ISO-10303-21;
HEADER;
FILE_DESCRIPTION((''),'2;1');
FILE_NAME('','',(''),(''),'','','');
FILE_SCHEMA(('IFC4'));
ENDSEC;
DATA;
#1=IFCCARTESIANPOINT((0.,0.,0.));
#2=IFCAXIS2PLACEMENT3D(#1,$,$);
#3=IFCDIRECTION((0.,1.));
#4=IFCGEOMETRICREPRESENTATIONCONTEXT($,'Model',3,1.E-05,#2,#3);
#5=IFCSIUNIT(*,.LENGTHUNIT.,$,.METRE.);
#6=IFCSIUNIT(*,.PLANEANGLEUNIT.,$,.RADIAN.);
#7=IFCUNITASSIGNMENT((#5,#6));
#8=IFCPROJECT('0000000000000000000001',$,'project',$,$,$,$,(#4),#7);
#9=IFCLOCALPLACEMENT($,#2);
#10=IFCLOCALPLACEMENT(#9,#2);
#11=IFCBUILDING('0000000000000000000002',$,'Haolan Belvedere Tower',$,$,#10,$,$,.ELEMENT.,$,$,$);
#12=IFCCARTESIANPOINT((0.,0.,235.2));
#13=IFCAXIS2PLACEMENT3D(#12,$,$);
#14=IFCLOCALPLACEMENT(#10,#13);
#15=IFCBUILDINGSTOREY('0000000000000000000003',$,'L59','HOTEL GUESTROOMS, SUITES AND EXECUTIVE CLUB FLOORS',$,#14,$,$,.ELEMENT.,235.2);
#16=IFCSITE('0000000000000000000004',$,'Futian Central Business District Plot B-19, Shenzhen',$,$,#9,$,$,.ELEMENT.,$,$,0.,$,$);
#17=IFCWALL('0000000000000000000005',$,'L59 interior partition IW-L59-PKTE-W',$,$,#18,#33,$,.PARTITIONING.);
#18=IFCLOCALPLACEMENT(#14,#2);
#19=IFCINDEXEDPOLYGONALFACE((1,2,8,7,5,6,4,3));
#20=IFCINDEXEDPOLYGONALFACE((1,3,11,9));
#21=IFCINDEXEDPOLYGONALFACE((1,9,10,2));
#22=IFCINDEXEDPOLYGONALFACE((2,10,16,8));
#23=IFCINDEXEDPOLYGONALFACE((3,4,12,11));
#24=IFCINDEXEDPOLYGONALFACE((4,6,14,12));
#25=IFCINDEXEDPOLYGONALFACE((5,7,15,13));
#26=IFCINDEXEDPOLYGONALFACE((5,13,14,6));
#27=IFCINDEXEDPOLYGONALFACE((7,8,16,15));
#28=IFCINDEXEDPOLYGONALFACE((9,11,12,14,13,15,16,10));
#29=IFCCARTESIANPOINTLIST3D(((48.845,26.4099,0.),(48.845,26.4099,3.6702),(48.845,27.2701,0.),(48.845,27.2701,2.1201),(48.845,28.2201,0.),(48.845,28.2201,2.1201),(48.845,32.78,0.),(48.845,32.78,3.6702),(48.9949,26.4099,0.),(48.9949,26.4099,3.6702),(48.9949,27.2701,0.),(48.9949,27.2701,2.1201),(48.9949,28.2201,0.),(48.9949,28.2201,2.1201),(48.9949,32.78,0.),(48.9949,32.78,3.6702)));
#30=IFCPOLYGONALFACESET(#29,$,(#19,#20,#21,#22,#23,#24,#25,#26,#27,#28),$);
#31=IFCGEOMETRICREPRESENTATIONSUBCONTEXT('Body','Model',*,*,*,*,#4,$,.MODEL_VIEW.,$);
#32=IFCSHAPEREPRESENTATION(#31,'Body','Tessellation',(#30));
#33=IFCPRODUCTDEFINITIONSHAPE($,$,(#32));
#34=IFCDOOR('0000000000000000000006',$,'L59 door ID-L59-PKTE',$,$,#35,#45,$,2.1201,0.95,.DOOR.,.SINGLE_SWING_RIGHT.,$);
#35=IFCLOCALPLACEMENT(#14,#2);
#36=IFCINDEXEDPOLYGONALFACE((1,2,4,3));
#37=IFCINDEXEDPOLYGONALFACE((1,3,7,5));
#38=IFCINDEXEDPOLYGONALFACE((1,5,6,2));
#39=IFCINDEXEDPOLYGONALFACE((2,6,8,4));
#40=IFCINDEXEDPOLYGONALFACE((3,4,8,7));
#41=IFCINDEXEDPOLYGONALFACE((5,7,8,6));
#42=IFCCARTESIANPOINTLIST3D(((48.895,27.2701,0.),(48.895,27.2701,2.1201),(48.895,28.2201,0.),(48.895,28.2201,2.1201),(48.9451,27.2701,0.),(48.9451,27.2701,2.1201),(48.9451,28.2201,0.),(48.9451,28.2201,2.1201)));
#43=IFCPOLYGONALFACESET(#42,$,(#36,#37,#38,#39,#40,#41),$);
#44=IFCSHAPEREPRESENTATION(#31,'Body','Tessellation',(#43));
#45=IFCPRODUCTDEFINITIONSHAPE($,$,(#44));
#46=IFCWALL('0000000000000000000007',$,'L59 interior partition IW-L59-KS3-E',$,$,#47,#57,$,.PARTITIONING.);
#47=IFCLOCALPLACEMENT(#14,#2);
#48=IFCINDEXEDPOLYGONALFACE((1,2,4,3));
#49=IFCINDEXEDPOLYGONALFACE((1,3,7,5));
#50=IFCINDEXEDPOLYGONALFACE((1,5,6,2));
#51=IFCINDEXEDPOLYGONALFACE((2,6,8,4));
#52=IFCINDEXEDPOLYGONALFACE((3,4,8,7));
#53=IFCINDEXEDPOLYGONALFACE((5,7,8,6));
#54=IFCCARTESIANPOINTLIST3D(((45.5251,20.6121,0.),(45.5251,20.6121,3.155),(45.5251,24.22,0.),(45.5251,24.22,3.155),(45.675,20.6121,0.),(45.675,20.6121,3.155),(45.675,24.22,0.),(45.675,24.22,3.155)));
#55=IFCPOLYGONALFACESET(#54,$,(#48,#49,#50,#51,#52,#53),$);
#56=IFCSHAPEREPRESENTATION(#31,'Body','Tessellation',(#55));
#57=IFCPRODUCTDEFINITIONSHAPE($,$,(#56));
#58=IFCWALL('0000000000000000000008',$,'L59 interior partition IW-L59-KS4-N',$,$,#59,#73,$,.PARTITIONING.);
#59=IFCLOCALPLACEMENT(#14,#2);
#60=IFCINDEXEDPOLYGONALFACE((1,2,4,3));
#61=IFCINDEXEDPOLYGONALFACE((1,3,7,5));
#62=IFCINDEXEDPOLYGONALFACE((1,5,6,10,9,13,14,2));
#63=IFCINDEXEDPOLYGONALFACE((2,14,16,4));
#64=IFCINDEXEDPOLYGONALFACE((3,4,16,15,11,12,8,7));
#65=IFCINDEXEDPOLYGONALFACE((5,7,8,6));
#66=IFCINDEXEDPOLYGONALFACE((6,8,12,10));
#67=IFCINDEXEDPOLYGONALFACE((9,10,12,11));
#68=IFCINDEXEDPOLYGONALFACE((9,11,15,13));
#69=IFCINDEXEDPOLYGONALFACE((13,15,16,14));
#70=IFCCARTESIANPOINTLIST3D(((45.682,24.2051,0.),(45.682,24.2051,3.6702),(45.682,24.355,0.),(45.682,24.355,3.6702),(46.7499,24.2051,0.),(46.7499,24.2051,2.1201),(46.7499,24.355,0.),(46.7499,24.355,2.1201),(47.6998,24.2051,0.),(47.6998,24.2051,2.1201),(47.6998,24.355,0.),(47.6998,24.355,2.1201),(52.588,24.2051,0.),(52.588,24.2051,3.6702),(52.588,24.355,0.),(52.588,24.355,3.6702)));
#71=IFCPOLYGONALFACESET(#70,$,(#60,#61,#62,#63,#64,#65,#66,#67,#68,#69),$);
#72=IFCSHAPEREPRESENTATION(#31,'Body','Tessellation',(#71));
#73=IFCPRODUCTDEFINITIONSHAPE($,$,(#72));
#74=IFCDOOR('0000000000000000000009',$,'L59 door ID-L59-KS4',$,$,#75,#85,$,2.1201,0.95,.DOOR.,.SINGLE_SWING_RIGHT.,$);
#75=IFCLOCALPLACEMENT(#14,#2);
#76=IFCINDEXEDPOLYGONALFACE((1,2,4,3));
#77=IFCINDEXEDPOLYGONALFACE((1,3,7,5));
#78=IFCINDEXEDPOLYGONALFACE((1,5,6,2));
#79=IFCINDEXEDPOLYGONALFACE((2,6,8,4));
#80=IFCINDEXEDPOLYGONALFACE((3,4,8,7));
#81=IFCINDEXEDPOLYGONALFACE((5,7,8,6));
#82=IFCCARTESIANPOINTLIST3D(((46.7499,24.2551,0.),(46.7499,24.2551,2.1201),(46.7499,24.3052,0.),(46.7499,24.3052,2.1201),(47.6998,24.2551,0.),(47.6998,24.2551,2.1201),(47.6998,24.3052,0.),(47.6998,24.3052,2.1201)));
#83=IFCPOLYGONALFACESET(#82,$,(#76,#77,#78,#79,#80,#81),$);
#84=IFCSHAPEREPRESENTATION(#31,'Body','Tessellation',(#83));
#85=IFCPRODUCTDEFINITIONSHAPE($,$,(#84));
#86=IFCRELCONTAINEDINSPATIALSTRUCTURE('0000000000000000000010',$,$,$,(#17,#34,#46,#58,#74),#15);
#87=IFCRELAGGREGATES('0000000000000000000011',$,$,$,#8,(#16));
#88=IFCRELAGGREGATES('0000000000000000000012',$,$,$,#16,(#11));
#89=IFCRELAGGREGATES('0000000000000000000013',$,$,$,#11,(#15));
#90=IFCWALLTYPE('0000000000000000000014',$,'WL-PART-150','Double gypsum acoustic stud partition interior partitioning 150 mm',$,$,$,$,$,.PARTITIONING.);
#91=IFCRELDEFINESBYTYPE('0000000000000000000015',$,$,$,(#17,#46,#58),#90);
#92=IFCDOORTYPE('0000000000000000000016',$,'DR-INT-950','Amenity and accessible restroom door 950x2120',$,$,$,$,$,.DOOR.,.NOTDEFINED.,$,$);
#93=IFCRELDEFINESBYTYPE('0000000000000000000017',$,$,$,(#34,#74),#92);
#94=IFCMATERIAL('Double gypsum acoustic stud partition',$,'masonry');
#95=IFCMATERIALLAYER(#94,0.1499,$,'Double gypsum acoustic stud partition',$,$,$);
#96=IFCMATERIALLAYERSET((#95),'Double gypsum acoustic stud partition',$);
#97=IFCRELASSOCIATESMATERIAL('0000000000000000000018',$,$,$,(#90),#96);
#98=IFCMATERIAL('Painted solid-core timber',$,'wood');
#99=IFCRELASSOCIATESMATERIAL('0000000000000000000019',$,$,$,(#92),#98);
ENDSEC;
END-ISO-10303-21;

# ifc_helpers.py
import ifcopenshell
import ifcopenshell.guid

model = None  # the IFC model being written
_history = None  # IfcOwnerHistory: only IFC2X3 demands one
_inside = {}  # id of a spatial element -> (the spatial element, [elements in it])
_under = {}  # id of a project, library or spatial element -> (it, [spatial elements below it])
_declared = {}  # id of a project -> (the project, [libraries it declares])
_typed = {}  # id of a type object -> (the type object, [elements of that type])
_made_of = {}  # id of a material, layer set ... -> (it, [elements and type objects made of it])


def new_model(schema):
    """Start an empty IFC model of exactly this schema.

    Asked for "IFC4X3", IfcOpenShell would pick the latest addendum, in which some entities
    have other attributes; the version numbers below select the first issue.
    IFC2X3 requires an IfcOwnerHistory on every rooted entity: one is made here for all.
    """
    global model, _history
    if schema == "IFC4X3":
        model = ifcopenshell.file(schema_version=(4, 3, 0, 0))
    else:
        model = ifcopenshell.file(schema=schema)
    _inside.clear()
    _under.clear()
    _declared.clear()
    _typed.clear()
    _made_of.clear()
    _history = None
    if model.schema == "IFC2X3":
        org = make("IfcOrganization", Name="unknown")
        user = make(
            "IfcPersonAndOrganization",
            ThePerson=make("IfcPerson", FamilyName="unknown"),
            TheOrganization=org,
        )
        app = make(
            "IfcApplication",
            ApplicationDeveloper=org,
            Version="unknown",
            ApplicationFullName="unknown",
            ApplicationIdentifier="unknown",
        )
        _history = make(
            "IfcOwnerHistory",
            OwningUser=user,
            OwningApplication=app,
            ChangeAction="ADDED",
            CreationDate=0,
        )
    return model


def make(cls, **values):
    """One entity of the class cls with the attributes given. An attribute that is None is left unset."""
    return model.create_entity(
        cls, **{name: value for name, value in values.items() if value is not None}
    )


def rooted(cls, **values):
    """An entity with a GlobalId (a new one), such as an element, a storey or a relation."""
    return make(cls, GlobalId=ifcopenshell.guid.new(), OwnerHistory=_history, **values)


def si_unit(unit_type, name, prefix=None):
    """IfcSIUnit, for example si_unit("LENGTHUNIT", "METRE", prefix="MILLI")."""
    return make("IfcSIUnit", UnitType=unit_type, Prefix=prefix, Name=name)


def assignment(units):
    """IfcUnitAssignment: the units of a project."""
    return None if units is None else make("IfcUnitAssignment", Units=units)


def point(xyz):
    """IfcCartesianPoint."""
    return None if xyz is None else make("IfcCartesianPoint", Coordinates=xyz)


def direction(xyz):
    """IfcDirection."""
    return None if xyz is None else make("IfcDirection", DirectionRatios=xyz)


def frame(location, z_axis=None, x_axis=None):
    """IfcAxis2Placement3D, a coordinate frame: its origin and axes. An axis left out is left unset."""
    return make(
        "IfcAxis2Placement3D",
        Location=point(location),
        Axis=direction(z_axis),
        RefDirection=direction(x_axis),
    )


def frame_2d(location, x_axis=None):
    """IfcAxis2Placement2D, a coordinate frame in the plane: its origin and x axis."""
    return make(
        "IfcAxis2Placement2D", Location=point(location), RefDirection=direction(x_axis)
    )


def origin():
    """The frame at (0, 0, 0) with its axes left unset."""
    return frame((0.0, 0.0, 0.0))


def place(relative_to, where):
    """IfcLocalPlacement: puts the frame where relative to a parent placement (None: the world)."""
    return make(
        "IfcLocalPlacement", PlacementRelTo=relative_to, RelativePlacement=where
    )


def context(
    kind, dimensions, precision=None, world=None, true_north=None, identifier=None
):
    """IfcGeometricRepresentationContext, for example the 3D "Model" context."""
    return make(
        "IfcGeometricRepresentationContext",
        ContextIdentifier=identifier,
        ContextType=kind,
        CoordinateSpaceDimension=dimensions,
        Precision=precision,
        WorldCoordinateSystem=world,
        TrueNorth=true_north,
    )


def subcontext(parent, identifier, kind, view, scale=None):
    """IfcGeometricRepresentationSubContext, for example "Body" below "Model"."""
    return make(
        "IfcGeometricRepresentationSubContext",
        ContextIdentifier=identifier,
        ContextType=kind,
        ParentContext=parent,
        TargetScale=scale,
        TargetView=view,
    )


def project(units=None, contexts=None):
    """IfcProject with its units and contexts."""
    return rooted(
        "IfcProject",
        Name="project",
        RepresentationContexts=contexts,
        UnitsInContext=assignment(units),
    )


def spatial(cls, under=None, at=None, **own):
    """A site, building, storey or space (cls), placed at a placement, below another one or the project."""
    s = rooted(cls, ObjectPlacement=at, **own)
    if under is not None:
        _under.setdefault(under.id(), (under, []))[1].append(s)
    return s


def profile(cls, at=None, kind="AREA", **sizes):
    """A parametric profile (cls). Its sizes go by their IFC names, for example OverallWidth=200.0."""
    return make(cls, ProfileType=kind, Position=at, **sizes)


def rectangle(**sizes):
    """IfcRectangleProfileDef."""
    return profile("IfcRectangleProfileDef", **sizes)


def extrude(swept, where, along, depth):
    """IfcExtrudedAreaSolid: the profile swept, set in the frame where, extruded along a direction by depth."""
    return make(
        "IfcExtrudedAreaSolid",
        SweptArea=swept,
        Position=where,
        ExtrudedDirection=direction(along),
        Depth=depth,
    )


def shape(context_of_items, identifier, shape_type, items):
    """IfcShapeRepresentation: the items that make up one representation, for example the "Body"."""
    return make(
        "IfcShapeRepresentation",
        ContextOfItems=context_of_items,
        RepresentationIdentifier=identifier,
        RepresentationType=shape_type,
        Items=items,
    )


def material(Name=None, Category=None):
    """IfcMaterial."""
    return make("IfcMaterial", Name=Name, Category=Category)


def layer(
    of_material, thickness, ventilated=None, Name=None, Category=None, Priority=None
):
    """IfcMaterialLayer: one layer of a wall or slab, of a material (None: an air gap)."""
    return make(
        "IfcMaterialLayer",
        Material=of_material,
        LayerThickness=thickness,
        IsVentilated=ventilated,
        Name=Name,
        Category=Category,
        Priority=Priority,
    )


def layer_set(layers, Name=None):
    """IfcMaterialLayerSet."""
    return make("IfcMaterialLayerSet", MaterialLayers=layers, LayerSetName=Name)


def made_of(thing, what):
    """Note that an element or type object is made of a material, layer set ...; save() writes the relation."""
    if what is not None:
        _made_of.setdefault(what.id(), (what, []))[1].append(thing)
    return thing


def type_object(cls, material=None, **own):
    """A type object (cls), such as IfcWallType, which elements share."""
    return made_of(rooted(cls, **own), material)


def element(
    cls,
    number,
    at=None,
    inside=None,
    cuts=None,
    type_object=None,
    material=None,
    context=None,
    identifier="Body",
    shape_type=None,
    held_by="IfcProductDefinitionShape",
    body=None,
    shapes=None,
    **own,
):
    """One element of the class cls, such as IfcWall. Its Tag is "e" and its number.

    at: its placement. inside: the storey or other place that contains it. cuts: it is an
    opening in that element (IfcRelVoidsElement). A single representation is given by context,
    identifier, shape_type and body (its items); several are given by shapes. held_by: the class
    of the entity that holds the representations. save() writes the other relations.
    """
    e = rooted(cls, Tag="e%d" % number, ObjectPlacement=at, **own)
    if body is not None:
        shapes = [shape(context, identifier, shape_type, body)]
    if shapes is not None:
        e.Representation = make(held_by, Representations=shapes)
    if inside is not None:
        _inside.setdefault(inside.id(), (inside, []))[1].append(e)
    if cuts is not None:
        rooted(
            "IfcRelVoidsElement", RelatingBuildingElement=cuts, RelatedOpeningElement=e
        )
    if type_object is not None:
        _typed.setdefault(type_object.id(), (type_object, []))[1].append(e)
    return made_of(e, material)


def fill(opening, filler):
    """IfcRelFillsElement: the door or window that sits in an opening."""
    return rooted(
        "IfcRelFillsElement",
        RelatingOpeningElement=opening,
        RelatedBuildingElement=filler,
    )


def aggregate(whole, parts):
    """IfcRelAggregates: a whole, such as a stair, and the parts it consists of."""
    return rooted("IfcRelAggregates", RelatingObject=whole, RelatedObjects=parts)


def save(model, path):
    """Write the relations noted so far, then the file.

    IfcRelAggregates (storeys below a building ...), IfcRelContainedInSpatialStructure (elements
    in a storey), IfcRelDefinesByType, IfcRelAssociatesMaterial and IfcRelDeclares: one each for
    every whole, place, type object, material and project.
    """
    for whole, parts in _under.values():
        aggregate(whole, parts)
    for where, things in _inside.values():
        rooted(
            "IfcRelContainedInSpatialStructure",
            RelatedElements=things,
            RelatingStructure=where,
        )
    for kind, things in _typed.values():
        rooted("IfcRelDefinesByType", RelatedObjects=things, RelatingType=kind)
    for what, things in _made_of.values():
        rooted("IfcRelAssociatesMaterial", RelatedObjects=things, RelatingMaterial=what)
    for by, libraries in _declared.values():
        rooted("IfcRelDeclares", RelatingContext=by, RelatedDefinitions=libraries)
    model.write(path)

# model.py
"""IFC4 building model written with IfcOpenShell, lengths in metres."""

from ifc_helpers import new_model, si_unit, direction, frame, frame_2d, origin, place, context, subcontext, project, spatial, rectangle, extrude, material, layer, layer_set, type_object, element, fill, save


model = new_model("IFC4")

# Units and contexts
model_context = context("Model", 3, precision=1e-05, world=origin(), true_north=direction((0.0, 1.0)))
body_context = subcontext(model_context, "Body", "Model", "MODEL_VIEW")
ifc_project = project(units=[si_unit("LENGTHUNIT", "METRE"), si_unit("PLANEANGLEUNIT", "RADIAN")], contexts=[model_context])

# Site, building, storey
site_placement = place(None, origin())
site = spatial("IfcSite", under=ifc_project, at=site_placement, Name="Futian Central Business District Plot B-19, Shenzhen", CompositionType="ELEMENT", RefElevation=0.0)
building_placement = place(site_placement, origin())
building = spatial("IfcBuilding", under=site, at=building_placement, Name="Haolan Belvedere Tower", CompositionType="ELEMENT")
storey_placement = place(building_placement, frame((0.0, 0.0, 235.2)))
storey = spatial("IfcBuildingStorey", under=building, at=storey_placement, Name="L59", Description="HOTEL GUESTROOMS, SUITES AND EXECUTIVE CLUB FLOORS", CompositionType="ELEMENT", Elevation=235.2)

# Shared definitions
ifc_material_1 = material(Name="Double gypsum acoustic stud partition", Category="masonry")
ifc_layer_1 = layer(ifc_material_1, 0.1499, Name="Double gypsum acoustic stud partition")
ifc_layer_set_1 = layer_set([ifc_layer_1], Name="Double gypsum acoustic stud partition")
wall_type_1 = type_object("IfcWallType", Name="WL-PART-150", Description="Double gypsum acoustic stud partition interior partitioning 150 mm", PredefinedType="PARTITIONING", material=ifc_layer_set_1)

# Wall, opening, door
wall_1_placement = place(storey_placement, frame((48.9199, 26.4099, 0.0), z_axis=(0.0, 0.0, 1.0), x_axis=(0.0, 1.0, 0.0)))
wall_1 = element("IfcWall", 1, at=wall_1_placement, inside=storey, type_object=wall_type_1, Name="L59 interior partition IW-L59-PKTE-W", PredefinedType="PARTITIONING", context=body_context, shape_type="SweptSolid", body=[
    extrude(rectangle(XDim=6.3701, YDim=0.1499, at=frame_2d((3.1851, 0.0))), origin(), (0.0, 0.0, 1.0), 3.6702),
])
opening_1_placement = place(wall_1_placement, frame((0.8601, 0.0, 0.0)))
opening_1 = element("IfcOpeningElement", 2, at=opening_1_placement, cuts=wall_1, PredefinedType="OPENING", context=body_context, shape_type="SweptSolid", body=[
    extrude(rectangle(XDim=0.95, YDim=2.1201, at=frame_2d((0.4751, 1.0601))), frame((0.0, 0.085, 0.0), z_axis=(0.0, -1.0, 0.0), x_axis=(1.0, 0.0, 0.0)), (0.0, 0.0, 1.0), 0.1699),
])
ifc_material_2 = material(Name="Painted solid-core timber", Category="wood")
door_type_1 = type_object("IfcDoorType", Name="DR-INT-950", Description="Amenity and accessible restroom door 950x2120", OperationType="NOTDEFINED", PredefinedType="DOOR", material=ifc_material_2)
door_1_placement = place(opening_1_placement, origin())
door_1 = element("IfcDoor", 3, at=door_1_placement, inside=storey, type_object=door_type_1, Name="L59 door ID-L59-PKTE", OperationType="SINGLE_SWING_RIGHT", OverallHeight=2.1201, OverallWidth=0.95, PredefinedType="DOOR", context=body_context, shape_type="SweptSolid", body=[
    extrude(rectangle(XDim=0.95, YDim=2.1201, at=frame_2d((0.4751, 1.0601))), frame((0.0, 0.0249, 0.0), z_axis=(0.0, -1.0, 0.0), x_axis=(1.0, 0.0, 0.0)), (0.0, 0.0, 1.0), 0.05),
])
fill(opening_1, door_1)

# Wall
wall_2_placement = place(storey_placement, frame((45.6001, 20.6121, 0.0), z_axis=(0.0, 0.0, 1.0), x_axis=(0.0, 1.0, 0.0)))
element("IfcWall", 4, at=wall_2_placement, inside=storey, type_object=wall_type_1, Name="L59 interior partition IW-L59-KS3-E", PredefinedType="PARTITIONING", context=body_context, shape_type="SweptSolid", body=[
    extrude(rectangle(XDim=3.6079, YDim=0.1499, at=frame_2d((1.804, 0.0))), origin(), (0.0, 0.0, 1.0), 3.155),
])

# Wall, opening, door
wall_3_placement = place(storey_placement, frame((45.6819, 24.28, 0.0), z_axis=(0.0, 0.0, 1.0), x_axis=(1.0, 0.0, 0.0)))
wall_3 = element("IfcWall", 5, at=wall_3_placement, inside=storey, type_object=wall_type_1, Name="L59 interior partition IW-L59-KS4-N", PredefinedType="PARTITIONING", context=body_context, shape_type="SweptSolid", body=[
    extrude(rectangle(XDim=6.906, YDim=0.1499, at=frame_2d((3.4531, 0.0))), origin(), (0.0, 0.0, 1.0), 3.6702),
])
opening_2_placement = place(wall_3_placement, frame((2.0181, 0.0, 0.0), z_axis=(0.0, 0.0, 1.0), x_axis=(-1.0, 0.0, 0.0)))
opening_2 = element("IfcOpeningElement", 6, at=opening_2_placement, cuts=wall_3, PredefinedType="OPENING", context=body_context, shape_type="SweptSolid", body=[
    extrude(rectangle(XDim=0.95, YDim=2.1201, at=frame_2d((0.4751, 1.0601))), frame((0.0, 0.085, 0.0), z_axis=(0.0, -1.0, 0.0), x_axis=(1.0, 0.0, 0.0)), (0.0, 0.0, 1.0), 0.1699),
])
door_2_placement = place(opening_2_placement, origin())
door_2 = element("IfcDoor", 7, at=door_2_placement, inside=storey, type_object=door_type_1, Name="L59 door ID-L59-KS4", OperationType="SINGLE_SWING_RIGHT", OverallHeight=2.1201, OverallWidth=0.95, PredefinedType="DOOR", context=body_context, shape_type="SweptSolid", body=[
    extrude(rectangle(XDim=0.95, YDim=2.1201, at=frame_2d((0.4751, 1.0601))), frame((0.0, 0.0249, 0.0), z_axis=(0.0, -1.0, 0.0), x_axis=(1.0, 0.0, 0.0)), (0.0, 0.0, 1.0), 0.05),
])
fill(opening_2, door_2)

save(model, "model.ifc")
